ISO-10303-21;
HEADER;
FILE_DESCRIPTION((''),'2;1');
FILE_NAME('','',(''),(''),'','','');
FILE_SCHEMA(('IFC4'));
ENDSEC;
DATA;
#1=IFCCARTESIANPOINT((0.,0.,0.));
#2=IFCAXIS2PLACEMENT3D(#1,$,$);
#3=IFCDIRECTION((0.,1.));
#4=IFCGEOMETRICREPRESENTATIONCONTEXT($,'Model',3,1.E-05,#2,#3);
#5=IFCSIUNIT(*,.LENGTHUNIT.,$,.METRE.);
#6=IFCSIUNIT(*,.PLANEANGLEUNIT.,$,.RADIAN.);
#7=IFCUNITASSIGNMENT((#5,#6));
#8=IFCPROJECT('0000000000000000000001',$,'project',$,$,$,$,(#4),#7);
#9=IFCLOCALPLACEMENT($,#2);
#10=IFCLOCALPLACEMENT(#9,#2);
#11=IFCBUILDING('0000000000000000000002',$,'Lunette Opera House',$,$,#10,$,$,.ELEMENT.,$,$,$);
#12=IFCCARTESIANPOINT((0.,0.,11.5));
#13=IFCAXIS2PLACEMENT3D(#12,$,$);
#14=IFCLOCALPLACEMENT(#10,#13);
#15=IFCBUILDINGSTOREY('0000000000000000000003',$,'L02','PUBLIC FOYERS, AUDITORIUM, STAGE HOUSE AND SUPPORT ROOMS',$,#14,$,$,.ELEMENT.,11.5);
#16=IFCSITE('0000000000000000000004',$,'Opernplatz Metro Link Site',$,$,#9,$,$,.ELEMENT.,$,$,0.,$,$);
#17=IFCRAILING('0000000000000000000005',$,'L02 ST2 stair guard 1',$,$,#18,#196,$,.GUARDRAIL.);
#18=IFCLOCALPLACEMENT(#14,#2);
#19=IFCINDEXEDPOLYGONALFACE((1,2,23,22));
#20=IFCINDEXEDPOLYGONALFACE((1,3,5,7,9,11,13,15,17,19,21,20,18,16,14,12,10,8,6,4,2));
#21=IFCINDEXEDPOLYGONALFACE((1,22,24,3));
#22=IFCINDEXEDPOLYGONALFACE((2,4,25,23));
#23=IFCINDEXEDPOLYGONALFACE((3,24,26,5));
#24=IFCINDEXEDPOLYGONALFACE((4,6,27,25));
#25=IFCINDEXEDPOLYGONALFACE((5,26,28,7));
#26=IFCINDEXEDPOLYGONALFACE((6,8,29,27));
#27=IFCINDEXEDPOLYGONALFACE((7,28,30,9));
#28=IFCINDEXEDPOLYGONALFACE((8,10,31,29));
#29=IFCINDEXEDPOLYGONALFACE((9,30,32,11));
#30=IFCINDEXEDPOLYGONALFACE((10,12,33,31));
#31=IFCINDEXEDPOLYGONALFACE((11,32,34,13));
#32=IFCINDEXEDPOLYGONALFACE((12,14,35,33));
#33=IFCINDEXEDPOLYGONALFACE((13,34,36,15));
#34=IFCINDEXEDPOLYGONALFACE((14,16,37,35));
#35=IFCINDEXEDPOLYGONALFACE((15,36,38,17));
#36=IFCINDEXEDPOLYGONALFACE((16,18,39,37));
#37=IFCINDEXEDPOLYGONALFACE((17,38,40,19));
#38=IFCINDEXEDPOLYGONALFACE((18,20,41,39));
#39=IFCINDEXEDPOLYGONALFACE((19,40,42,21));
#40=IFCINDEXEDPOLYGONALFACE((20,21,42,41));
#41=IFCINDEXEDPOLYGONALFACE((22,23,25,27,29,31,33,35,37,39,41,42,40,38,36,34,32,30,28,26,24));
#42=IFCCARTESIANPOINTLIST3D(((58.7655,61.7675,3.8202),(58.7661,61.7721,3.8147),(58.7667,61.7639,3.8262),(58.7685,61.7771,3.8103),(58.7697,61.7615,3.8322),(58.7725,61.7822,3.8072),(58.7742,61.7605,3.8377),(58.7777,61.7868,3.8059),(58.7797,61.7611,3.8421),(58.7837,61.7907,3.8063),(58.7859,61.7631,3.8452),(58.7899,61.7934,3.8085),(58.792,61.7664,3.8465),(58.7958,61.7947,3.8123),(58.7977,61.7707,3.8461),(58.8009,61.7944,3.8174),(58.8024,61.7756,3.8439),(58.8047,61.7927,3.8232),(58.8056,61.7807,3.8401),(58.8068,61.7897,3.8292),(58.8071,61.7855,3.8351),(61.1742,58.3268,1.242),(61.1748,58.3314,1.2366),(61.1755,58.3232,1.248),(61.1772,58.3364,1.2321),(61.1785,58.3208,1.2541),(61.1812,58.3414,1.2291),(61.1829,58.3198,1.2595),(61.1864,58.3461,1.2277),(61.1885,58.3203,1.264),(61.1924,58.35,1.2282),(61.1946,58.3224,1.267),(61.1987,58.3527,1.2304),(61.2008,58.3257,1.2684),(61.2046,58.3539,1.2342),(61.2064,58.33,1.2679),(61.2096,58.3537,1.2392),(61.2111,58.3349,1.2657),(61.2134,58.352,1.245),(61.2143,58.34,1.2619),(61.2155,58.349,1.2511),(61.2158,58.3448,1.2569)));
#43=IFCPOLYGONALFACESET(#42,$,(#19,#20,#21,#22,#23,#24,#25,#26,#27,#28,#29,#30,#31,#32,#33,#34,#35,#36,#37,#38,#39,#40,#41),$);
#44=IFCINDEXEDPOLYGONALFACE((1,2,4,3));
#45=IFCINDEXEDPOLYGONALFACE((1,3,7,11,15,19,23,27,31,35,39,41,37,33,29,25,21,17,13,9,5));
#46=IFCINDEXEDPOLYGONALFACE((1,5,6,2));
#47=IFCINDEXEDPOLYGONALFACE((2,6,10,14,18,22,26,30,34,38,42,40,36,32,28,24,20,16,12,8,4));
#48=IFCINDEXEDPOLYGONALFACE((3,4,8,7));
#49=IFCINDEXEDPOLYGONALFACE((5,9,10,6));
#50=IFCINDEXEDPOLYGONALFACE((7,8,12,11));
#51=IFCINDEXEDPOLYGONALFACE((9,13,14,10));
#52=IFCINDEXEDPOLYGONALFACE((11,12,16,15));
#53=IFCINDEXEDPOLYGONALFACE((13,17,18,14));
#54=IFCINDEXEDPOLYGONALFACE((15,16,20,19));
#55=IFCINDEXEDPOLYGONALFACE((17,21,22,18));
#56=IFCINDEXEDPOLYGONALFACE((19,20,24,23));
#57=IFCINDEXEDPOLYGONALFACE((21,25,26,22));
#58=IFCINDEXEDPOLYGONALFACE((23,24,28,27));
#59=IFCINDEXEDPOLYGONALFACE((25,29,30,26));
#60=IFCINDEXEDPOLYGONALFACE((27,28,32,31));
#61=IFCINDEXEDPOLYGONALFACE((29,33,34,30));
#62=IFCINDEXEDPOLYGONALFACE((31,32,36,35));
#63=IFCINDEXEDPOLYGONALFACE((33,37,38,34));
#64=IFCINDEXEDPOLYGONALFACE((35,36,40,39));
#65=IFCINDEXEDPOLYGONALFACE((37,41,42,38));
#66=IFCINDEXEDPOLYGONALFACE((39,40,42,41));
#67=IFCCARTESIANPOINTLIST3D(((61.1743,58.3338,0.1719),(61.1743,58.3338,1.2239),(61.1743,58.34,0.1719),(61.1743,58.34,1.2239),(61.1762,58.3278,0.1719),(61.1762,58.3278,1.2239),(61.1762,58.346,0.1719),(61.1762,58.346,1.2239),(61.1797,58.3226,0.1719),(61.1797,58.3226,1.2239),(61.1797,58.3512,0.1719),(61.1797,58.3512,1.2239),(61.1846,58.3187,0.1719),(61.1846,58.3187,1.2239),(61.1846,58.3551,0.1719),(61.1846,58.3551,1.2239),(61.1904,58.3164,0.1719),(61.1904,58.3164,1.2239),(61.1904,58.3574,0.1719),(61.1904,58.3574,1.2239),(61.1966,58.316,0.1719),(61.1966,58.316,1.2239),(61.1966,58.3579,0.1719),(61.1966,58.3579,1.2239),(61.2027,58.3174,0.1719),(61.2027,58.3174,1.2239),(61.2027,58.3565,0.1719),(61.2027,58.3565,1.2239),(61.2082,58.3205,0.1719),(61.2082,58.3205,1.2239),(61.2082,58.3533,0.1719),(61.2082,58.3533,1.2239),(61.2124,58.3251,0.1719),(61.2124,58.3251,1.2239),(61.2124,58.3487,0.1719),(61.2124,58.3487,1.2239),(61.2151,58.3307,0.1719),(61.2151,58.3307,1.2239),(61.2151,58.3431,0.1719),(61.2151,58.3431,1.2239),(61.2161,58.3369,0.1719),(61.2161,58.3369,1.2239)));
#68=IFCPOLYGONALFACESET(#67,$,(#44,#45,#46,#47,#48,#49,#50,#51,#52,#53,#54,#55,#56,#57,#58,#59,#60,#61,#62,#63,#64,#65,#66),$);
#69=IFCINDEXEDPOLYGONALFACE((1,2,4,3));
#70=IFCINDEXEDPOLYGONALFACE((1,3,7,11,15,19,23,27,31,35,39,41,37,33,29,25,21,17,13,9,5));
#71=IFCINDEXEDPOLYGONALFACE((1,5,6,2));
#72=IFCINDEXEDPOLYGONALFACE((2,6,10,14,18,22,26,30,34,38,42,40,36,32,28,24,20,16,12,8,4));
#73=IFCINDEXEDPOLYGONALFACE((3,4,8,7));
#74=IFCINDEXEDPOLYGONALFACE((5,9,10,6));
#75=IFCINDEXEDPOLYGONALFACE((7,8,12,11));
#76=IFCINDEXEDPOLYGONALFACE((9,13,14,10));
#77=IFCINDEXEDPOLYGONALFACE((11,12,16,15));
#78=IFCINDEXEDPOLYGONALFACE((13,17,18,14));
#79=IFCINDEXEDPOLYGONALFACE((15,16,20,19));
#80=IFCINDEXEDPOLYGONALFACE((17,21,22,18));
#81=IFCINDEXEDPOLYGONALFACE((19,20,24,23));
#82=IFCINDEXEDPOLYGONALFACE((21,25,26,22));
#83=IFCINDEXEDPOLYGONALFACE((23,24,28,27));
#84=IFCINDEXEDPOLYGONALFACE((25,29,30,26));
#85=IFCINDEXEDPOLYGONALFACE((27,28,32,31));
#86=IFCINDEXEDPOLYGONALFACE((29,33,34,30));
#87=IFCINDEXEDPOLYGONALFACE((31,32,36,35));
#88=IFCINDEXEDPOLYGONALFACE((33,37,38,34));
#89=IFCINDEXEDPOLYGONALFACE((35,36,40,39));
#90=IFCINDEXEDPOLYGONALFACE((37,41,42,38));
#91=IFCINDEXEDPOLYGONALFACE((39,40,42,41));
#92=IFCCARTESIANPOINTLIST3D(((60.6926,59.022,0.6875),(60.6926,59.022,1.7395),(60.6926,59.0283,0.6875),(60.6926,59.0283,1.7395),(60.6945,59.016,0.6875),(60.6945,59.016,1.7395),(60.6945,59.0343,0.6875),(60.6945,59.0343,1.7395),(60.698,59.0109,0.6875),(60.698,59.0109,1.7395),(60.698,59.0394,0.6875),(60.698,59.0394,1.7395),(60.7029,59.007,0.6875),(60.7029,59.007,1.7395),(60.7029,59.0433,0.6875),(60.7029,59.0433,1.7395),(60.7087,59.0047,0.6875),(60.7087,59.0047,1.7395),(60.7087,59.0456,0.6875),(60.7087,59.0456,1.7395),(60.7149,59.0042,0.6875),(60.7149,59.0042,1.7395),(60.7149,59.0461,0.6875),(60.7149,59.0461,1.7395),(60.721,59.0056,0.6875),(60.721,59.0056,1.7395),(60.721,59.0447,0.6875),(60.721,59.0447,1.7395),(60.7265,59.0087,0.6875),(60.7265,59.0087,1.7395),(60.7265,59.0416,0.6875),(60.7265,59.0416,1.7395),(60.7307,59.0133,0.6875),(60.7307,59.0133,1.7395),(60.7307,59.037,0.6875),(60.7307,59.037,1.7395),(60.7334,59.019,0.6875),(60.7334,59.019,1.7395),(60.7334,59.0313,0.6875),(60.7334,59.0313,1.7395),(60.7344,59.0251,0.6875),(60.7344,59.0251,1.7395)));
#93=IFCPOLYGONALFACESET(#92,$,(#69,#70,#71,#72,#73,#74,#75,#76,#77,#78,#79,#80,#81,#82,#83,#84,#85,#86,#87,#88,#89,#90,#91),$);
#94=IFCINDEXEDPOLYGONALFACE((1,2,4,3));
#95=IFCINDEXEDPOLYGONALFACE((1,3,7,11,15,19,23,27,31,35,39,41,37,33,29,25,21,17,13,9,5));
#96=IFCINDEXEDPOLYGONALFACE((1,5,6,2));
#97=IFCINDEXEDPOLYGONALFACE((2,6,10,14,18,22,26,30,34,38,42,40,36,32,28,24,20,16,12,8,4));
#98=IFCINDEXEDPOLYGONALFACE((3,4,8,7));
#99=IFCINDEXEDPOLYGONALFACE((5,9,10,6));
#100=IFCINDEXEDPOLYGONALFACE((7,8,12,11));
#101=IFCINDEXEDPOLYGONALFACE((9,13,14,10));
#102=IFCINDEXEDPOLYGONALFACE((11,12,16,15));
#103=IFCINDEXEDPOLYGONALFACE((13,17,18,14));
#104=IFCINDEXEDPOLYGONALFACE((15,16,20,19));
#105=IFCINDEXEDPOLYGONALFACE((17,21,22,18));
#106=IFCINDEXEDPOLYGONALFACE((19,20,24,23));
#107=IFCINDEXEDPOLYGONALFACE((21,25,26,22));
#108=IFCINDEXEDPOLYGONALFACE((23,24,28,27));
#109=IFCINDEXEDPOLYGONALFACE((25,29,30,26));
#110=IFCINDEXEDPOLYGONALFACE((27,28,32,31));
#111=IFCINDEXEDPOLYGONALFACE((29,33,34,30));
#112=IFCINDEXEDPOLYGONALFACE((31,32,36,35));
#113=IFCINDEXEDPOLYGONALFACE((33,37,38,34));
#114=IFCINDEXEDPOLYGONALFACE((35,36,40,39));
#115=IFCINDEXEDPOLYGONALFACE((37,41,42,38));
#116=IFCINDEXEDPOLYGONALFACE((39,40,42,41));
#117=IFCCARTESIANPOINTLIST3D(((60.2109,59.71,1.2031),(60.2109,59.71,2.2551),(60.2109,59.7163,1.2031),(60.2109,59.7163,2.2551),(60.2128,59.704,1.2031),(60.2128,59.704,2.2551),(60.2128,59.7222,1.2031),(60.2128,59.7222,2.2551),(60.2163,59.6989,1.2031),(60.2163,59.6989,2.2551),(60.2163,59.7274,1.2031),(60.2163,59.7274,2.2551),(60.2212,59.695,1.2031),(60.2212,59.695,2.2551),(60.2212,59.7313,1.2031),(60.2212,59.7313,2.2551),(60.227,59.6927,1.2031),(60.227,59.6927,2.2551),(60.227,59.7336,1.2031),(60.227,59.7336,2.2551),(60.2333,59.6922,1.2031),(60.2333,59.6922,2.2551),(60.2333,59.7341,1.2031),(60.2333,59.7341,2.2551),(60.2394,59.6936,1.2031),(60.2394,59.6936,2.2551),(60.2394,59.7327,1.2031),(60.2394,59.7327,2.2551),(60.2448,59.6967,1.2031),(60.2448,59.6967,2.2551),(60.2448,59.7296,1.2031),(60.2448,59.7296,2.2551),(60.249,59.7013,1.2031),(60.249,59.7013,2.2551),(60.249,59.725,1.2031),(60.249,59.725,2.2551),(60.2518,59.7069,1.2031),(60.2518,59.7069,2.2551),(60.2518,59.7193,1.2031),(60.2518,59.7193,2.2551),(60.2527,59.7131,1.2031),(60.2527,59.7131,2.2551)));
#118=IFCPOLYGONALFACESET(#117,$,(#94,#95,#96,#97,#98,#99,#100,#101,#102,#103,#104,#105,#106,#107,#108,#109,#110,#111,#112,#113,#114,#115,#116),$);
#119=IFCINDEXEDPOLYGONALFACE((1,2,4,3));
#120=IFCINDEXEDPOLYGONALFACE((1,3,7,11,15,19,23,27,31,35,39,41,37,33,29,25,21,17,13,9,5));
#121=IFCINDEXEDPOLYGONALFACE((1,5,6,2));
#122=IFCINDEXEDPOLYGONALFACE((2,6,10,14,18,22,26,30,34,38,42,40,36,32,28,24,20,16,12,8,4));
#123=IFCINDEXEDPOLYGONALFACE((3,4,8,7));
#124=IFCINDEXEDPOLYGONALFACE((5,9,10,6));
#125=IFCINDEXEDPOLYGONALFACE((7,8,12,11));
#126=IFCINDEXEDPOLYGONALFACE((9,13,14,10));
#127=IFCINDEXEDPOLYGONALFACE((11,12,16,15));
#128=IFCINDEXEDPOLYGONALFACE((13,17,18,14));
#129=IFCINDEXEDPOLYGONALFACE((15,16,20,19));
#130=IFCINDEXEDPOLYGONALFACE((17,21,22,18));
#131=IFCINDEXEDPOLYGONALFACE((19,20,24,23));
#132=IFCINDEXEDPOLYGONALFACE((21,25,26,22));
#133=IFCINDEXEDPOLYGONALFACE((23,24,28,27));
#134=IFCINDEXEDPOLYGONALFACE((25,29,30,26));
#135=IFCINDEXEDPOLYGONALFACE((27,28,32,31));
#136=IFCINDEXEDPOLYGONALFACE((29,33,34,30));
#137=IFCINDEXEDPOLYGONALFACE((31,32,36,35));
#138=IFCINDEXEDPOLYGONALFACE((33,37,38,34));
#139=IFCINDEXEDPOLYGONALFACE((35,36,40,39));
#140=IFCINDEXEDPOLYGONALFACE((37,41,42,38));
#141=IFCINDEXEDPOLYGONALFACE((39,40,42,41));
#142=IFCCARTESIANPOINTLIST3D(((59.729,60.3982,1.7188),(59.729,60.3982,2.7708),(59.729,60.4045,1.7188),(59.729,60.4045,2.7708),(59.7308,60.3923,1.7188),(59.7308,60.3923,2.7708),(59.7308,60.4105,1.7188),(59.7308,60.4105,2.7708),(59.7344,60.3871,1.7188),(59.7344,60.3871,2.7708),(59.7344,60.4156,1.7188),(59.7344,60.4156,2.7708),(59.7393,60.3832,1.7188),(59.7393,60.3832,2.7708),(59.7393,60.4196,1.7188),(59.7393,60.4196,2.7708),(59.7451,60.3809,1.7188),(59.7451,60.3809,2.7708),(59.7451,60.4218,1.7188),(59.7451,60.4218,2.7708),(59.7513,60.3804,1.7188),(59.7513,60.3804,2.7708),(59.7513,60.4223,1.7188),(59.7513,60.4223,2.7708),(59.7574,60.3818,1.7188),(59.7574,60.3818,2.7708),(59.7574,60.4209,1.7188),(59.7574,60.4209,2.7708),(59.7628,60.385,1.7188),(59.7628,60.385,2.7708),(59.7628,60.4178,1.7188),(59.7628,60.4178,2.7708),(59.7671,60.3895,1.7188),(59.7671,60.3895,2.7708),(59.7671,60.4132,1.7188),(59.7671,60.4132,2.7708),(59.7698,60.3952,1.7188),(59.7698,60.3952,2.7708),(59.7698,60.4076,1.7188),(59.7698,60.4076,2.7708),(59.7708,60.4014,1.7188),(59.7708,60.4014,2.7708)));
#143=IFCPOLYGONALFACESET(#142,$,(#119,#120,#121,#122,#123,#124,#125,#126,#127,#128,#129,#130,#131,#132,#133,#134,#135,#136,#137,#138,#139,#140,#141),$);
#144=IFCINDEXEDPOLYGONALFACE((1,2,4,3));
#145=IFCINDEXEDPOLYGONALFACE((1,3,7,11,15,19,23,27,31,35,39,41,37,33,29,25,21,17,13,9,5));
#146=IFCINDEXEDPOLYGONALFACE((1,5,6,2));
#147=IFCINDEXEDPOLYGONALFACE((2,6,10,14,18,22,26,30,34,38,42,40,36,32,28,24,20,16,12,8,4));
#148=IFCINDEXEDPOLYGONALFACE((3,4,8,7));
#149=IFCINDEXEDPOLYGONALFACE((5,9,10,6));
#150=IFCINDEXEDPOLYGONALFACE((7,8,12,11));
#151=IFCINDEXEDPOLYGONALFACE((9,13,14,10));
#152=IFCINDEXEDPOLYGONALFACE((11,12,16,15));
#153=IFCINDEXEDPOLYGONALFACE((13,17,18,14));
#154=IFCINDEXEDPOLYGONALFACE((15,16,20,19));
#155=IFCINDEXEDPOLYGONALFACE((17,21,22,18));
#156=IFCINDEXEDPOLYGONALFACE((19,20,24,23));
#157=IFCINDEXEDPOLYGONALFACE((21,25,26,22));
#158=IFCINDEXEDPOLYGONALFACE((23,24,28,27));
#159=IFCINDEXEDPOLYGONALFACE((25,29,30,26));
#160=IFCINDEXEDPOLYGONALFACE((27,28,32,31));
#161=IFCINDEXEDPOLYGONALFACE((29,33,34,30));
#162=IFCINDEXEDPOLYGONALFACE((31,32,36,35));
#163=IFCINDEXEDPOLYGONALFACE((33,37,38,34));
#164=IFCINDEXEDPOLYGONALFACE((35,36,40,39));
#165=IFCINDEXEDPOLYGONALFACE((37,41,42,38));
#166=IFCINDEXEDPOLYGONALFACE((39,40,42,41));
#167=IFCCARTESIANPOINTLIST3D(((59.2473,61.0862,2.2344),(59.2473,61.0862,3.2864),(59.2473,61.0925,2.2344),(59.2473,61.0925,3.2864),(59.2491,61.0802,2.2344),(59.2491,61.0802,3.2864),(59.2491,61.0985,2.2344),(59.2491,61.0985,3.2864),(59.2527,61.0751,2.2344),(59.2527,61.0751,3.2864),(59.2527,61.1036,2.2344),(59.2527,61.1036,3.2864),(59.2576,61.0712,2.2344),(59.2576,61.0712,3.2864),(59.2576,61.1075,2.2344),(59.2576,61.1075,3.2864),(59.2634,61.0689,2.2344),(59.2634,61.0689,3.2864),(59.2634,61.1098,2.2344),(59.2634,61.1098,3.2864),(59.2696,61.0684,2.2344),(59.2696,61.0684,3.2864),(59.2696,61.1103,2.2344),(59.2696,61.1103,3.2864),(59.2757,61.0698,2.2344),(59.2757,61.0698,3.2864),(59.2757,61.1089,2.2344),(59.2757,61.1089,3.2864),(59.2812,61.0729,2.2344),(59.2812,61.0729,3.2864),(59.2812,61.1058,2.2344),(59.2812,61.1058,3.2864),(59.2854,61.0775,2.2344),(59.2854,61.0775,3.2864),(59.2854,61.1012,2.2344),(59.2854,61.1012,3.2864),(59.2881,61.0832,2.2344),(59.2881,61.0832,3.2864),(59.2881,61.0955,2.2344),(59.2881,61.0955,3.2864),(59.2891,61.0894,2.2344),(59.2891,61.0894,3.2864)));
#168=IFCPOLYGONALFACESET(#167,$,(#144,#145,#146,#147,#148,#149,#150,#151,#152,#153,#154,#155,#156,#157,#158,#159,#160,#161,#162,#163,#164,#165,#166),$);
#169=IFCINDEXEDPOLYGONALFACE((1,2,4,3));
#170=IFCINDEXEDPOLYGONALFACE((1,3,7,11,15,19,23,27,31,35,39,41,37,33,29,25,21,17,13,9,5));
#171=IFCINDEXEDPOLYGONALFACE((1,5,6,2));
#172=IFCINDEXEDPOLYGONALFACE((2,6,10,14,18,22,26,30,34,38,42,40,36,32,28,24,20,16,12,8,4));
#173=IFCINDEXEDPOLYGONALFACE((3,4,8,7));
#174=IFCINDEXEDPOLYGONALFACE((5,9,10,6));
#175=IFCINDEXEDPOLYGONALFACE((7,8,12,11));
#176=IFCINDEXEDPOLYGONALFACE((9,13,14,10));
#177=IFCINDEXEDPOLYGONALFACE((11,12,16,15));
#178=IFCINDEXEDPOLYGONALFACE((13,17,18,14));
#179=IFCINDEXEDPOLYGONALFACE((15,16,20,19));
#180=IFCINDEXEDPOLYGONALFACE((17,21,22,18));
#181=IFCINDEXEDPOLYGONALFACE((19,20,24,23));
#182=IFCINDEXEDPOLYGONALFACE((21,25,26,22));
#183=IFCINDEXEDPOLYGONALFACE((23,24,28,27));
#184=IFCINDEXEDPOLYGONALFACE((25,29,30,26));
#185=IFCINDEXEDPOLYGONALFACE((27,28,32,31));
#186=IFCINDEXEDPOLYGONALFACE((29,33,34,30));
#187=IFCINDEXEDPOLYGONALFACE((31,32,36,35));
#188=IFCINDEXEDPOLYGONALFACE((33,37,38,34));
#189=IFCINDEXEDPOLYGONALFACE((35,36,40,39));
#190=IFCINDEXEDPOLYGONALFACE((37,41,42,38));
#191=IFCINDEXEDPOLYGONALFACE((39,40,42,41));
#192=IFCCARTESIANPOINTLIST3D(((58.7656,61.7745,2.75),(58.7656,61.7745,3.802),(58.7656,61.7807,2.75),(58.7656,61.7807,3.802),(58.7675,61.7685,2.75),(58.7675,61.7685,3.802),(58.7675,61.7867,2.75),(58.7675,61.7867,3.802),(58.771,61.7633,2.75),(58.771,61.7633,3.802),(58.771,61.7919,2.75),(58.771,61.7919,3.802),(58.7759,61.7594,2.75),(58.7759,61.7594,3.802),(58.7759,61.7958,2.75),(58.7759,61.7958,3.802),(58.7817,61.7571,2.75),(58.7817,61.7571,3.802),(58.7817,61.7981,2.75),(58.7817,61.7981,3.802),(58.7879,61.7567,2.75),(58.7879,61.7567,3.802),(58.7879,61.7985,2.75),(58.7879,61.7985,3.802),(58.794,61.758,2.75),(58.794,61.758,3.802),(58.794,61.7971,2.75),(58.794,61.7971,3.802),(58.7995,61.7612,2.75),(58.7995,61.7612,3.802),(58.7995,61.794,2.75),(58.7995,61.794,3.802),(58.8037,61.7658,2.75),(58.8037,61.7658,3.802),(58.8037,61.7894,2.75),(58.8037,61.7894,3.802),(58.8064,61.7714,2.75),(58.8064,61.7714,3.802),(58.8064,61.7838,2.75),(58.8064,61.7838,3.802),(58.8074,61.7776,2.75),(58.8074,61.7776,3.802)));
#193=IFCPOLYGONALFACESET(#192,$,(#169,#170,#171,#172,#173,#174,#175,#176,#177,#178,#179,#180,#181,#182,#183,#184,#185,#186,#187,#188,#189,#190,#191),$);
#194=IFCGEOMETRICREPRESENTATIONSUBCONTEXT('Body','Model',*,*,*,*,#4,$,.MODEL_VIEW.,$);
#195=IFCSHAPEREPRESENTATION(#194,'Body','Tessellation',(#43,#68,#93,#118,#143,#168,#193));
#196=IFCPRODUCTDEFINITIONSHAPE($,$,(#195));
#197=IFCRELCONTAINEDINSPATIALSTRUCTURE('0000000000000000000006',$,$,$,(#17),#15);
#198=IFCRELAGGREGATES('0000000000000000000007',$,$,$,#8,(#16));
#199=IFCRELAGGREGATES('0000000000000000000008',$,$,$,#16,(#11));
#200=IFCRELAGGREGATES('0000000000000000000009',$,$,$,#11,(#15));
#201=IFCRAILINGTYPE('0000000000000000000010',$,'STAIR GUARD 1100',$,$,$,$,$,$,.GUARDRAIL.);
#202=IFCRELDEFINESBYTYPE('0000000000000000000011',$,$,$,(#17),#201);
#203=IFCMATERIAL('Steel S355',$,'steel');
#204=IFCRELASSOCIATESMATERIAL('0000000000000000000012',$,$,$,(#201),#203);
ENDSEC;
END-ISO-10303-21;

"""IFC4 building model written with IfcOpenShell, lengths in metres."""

from ifc_helpers import new_model, si_unit, direction, frame, origin, origin_2d, place, context, subcontext, project, spatial, circle, extrude, material, type_object, element, save


model = new_model("IFC4")

# Units and contexts
model_context = context("Model", 3, precision=1e-05, world=origin(), true_north=direction((0.0, 1.0)))
body_context = subcontext(model_context, "Body", "Model", "MODEL_VIEW")
ifc_project = project(units=[si_unit("LENGTHUNIT", "METRE"), si_unit("PLANEANGLEUNIT", "RADIAN")], contexts=[model_context])

# Site, building, storey
site_placement = place(None, origin())
site = spatial("IfcSite", under=ifc_project, at=site_placement, Name="Opernplatz Metro Link Site", CompositionType="ELEMENT", RefElevation=0.0)
building_placement = place(site_placement, origin())
building = spatial("IfcBuilding", under=site, at=building_placement, Name="Lunette Opera House", CompositionType="ELEMENT")
storey_placement = place(building_placement, frame((0.0, 0.0, 11.5)))
storey = spatial("IfcBuildingStorey", under=building, at=storey_placement, Name="L02", Description="PUBLIC FOYERS, AUDITORIUM, STAGE HOUSE AND SUPPORT ROOMS", CompositionType="ELEMENT", Elevation=11.5)

# Railing
ifc_material_1 = material(Name="Steel S355", Category="steel")
railing_type = type_object("IfcRailingType", Name="STAIR GUARD 1100", PredefinedType="GUARDRAIL", material=ifc_material_1)
railing_1_placement = place(storey_placement, frame((61.1951, 58.3369, 0.1719)))
element("IfcRailing", 1, at=railing_1_placement, inside=storey, type_object=railing_type, Name="L02 ST2 stair guard 1", PredefinedType="GUARDRAIL", context=body_context, shape_type="SweptSolid", body=[
    extrude(circle(Radius=0.0239, at=origin_2d()), frame((0.0, 0.0, 1.0762), z_axis=(-0.488761, 0.698166, 0.523142), x_axis=(-0.819207, -0.573497, 0.0)), (0.0, 0.0, 1.0), 4.9282),
    extrude(circle(Radius=0.021, at=origin_2d()), origin(), (0.0, 0.0, 1.0), 1.052),
    extrude(circle(Radius=0.021, at=origin_2d()), frame((-0.4817, 0.6882, 0.5156)), (0.0, 0.0, 1.0), 1.052),
    extrude(circle(Radius=0.021, at=origin_2d()), frame((-0.9634, 1.3762, 1.0312)), (0.0, 0.0, 1.0), 1.052),
    extrude(circle(Radius=0.021, at=origin_2d()), frame((-1.4453, 2.0645, 1.5469)), (0.0, 0.0, 1.0), 1.052),
    extrude(circle(Radius=0.021, at=origin_2d()), frame((-1.927, 2.7524, 2.0625)), (0.0, 0.0, 1.0), 1.052),
    extrude(circle(Radius=0.021, at=origin_2d()), frame((-2.4087, 3.4407, 2.5781)), (0.0, 0.0, 1.0), 1.052),
])

save(model, "model.ifc")
